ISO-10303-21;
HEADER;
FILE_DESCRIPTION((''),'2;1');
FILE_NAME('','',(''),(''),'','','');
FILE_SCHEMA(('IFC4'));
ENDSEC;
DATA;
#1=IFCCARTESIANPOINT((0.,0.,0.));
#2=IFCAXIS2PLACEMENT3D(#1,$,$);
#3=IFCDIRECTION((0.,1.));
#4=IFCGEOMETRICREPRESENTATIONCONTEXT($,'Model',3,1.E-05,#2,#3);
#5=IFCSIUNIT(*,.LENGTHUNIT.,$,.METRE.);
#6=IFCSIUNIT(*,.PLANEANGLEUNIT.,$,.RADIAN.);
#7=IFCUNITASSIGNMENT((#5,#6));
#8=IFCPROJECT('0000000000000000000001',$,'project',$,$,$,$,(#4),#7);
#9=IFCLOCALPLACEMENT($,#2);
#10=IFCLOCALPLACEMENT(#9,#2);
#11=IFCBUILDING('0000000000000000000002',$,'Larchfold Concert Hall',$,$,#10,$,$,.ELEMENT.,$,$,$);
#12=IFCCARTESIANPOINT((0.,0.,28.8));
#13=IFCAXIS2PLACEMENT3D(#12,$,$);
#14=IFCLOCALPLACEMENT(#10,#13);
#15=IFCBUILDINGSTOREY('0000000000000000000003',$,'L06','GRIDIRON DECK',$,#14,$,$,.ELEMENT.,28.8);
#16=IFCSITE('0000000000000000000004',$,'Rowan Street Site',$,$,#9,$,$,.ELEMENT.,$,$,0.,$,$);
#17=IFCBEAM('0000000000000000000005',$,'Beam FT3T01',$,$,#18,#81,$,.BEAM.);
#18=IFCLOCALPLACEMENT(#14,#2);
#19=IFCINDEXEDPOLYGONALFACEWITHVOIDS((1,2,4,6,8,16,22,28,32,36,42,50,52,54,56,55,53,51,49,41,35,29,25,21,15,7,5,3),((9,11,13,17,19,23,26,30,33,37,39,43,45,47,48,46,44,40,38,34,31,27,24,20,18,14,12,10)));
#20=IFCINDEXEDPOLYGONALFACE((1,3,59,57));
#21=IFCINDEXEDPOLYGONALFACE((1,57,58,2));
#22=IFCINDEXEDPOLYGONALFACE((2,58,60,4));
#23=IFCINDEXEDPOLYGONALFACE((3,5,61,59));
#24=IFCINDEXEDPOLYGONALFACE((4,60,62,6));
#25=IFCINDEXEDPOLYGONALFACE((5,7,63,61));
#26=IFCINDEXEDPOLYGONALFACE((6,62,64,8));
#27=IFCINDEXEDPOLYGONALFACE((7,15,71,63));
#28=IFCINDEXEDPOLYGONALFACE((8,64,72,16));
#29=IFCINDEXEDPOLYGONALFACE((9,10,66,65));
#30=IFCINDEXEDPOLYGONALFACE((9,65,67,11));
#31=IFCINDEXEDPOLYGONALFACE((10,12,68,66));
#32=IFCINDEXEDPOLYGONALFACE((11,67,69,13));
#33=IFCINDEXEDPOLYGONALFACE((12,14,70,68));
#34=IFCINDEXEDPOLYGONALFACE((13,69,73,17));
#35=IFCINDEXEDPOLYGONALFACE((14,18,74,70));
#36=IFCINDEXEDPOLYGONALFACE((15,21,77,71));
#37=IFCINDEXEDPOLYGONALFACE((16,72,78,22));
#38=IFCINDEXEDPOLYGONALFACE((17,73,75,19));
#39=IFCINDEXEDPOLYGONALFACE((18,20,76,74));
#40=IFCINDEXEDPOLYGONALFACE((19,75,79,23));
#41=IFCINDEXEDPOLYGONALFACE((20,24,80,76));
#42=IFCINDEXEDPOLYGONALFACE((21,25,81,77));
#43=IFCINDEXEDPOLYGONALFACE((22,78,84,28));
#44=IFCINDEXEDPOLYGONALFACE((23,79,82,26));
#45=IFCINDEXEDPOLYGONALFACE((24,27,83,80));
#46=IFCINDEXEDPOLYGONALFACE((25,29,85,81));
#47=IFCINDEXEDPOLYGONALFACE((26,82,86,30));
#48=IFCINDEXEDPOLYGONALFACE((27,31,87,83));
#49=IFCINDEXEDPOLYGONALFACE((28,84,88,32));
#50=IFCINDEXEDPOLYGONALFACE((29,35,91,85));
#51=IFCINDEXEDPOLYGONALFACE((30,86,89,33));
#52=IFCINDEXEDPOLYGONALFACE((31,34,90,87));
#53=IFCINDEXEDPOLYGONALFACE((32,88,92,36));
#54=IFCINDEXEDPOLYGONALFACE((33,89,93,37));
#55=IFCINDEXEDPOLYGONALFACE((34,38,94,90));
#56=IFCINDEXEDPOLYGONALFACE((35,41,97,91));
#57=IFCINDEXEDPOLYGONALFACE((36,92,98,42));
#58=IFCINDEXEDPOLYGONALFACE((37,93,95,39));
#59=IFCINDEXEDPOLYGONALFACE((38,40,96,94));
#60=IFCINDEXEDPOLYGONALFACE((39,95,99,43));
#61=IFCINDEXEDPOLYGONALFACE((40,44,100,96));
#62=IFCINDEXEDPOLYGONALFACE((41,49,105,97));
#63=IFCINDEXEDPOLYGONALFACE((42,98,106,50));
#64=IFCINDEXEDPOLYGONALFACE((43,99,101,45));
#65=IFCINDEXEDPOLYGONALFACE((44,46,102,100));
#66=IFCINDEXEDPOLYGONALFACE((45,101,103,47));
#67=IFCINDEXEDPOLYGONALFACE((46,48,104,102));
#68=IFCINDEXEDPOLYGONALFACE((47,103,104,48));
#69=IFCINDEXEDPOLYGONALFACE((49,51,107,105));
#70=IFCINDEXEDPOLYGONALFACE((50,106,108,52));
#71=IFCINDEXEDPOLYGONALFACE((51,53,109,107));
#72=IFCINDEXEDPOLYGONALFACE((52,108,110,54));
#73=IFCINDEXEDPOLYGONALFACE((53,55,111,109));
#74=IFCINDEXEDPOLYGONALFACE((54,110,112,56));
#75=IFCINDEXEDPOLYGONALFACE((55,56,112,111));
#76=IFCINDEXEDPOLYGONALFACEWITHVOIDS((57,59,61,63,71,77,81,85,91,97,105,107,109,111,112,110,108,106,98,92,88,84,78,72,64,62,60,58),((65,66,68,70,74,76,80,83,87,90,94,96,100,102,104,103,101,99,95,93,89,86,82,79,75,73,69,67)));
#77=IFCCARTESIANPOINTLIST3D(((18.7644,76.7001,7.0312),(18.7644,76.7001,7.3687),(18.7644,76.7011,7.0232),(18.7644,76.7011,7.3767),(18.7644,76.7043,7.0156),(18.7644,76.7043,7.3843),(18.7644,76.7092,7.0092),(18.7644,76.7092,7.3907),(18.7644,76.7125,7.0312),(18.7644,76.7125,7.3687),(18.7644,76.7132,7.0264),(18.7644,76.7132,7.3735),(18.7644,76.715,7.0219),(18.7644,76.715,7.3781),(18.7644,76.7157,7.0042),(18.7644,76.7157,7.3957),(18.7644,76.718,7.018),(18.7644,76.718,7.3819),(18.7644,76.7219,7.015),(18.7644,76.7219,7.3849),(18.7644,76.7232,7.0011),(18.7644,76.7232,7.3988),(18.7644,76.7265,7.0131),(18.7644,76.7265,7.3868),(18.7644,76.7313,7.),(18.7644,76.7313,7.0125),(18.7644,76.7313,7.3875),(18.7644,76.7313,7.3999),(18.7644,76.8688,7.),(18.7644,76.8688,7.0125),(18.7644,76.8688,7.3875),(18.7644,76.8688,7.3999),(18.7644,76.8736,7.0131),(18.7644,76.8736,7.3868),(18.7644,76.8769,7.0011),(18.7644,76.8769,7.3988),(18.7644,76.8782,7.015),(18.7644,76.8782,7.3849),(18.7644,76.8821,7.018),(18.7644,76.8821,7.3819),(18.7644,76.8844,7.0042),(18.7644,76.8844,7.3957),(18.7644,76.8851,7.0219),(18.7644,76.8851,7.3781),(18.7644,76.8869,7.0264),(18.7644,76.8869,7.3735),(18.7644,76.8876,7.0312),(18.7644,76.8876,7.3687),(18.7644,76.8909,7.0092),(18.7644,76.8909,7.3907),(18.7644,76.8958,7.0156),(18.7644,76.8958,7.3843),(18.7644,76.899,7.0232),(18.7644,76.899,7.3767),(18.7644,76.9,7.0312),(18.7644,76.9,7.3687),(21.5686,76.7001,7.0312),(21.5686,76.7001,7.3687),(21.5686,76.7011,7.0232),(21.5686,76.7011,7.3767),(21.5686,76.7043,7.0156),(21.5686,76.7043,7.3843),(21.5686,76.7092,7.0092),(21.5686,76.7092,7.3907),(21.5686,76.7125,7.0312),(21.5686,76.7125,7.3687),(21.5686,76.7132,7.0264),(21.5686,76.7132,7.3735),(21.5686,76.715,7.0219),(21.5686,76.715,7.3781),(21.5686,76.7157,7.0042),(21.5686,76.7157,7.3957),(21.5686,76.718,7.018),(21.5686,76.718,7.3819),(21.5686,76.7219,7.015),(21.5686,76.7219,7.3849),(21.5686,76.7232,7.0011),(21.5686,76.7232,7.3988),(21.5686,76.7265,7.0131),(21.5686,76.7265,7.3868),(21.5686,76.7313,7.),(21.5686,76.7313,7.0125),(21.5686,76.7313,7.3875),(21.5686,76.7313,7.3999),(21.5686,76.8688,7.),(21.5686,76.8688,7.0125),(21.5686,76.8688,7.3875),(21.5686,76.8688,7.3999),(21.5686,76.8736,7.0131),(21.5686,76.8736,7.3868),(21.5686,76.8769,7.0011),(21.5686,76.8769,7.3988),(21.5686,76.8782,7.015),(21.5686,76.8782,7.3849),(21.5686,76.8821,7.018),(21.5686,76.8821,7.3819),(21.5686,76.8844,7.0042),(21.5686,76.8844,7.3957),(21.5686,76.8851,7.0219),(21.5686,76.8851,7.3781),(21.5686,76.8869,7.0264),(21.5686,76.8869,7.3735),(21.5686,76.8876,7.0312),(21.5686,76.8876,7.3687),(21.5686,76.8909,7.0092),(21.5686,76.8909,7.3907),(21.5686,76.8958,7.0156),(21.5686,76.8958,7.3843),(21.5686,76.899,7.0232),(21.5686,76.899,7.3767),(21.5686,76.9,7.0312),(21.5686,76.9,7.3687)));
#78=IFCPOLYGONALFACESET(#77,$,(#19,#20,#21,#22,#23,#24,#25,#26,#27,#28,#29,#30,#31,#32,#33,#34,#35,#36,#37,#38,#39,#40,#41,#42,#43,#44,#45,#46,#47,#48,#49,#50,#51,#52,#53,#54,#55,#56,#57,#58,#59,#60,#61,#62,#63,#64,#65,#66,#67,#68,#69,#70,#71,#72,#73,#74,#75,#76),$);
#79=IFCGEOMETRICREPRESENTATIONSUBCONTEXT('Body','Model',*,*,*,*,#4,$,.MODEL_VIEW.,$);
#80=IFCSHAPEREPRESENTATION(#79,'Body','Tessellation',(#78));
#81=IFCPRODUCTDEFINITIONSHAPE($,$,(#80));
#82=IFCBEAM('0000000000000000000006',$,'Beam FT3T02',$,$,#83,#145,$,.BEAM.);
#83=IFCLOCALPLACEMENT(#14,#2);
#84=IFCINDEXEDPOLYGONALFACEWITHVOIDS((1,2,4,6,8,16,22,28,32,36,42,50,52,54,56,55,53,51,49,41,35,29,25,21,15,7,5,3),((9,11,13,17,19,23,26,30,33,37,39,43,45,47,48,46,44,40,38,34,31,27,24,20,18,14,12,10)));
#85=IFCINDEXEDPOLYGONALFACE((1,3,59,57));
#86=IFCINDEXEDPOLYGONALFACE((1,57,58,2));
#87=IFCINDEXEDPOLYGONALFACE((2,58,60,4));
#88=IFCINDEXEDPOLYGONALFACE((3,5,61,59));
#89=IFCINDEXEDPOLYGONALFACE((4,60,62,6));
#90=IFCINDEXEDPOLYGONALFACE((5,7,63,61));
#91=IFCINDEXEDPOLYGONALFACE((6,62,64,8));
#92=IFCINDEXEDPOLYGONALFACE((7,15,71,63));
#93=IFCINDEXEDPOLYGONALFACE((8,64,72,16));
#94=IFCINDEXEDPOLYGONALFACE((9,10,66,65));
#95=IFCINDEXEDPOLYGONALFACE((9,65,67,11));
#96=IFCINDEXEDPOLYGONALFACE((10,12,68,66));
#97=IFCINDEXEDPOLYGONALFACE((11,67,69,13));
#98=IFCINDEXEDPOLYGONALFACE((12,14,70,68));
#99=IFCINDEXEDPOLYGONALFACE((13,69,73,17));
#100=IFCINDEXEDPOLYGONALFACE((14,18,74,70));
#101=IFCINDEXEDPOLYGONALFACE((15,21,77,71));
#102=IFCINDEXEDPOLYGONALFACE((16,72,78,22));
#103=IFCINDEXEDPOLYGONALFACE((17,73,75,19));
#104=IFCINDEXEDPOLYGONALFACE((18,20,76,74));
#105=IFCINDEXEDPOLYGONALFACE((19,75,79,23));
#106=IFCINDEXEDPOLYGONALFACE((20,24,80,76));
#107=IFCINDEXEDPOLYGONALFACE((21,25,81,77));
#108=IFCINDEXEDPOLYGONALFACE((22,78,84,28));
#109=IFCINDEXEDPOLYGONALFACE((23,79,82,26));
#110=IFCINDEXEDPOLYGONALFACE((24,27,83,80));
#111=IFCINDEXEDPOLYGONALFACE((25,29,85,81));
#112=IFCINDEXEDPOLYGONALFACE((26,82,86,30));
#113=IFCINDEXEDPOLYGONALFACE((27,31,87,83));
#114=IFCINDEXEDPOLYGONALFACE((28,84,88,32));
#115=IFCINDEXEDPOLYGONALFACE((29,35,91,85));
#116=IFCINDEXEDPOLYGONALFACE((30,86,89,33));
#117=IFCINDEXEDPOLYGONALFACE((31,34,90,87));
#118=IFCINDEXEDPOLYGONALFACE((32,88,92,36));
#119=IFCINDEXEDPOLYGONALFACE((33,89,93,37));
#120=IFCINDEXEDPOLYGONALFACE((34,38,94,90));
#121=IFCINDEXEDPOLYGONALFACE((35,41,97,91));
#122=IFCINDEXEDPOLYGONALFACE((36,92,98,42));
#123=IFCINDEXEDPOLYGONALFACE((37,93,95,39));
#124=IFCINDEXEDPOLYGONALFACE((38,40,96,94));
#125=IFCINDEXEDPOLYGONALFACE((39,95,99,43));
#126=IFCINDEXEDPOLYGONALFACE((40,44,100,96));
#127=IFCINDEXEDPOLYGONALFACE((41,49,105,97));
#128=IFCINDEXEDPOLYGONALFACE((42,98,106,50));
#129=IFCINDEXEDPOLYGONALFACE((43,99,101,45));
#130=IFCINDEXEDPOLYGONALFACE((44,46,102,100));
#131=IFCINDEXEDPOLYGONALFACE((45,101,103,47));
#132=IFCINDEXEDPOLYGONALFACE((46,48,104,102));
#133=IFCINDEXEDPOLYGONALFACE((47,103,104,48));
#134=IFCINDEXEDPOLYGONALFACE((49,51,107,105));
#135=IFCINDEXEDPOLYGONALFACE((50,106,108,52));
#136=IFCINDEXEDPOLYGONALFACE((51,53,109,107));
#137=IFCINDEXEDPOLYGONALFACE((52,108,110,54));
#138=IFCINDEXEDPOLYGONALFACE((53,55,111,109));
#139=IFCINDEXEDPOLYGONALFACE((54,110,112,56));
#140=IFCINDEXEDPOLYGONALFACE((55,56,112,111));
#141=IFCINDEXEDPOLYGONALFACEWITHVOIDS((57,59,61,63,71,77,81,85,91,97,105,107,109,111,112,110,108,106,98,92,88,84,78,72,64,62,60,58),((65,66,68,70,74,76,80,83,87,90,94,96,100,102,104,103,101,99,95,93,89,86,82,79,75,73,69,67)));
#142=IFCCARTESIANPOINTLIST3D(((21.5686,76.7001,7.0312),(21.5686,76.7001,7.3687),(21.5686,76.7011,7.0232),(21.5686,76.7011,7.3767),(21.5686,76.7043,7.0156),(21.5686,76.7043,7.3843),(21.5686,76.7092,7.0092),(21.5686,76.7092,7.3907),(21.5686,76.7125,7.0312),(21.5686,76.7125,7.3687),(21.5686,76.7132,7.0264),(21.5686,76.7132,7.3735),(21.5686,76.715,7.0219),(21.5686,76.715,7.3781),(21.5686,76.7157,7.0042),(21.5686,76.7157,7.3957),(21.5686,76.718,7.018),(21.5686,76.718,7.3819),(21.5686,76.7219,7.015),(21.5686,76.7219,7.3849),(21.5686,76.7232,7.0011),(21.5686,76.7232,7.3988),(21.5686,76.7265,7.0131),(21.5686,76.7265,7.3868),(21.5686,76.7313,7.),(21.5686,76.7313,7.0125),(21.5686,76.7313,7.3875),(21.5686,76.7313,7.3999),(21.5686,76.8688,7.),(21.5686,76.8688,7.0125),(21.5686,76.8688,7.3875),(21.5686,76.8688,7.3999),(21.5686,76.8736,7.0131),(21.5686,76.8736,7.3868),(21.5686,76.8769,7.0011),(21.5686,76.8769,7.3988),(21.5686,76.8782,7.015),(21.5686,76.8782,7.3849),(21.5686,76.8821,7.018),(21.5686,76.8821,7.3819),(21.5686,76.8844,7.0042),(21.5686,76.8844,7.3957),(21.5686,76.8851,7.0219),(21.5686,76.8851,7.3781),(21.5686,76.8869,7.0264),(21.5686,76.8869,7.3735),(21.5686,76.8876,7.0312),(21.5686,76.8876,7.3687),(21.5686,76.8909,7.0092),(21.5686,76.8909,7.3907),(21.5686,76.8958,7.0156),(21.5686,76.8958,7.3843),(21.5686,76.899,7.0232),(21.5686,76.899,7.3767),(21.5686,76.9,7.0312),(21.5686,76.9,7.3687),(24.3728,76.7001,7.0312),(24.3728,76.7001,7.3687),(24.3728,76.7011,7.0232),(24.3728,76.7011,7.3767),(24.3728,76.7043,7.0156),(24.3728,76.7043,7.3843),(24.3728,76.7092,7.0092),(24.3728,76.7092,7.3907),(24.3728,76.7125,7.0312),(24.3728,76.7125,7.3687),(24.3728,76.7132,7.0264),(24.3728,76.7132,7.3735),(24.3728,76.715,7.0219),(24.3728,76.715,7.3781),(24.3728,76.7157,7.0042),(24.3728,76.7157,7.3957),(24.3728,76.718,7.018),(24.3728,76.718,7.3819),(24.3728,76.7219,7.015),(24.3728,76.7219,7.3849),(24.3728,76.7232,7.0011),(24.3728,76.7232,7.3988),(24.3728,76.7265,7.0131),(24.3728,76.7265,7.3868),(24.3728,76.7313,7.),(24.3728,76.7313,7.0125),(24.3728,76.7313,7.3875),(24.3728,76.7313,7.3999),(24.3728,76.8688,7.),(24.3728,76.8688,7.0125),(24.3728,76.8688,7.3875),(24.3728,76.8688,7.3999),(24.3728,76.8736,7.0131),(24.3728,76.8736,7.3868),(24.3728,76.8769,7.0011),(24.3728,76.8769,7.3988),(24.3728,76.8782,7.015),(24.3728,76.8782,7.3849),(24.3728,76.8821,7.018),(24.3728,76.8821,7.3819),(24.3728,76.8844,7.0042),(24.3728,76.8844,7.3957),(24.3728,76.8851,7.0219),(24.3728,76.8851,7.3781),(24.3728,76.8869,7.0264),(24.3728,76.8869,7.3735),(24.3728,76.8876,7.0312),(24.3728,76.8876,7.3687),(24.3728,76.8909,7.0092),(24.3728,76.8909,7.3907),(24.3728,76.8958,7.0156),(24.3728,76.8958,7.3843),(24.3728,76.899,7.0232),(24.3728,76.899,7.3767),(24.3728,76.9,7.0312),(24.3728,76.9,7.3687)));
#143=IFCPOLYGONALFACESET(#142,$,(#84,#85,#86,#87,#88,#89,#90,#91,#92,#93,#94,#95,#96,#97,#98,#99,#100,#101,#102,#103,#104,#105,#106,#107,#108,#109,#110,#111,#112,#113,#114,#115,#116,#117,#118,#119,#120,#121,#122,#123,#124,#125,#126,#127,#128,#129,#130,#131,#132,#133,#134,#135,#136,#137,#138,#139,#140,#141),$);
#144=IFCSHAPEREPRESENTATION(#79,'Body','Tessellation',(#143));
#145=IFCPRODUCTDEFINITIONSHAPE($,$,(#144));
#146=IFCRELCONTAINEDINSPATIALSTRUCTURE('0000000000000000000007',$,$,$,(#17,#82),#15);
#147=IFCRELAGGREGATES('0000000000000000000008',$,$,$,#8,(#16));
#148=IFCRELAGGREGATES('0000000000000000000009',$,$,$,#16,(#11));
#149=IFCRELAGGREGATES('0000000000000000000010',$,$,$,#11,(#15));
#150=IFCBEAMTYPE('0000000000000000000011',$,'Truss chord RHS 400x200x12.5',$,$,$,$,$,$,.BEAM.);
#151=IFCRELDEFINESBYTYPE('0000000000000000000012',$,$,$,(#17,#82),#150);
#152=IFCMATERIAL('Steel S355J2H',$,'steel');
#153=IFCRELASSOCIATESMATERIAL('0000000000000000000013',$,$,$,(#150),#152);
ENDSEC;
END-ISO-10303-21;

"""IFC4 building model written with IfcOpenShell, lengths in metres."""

from ifc_helpers import new_model, si_unit, direction, frame, origin, origin_2d, place, context, subcontext, project, spatial, hollow_rectangle, extrude, material, material_profile, profile_set, type_object, element, save


model = new_model("IFC4")

# Units and contexts
model_context = context("Model", 3, precision=1e-05, world=origin(), true_north=direction((0.0, 1.0)))
body_context = subcontext(model_context, "Body", "Model", "MODEL_VIEW")
ifc_project = project(units=[si_unit("LENGTHUNIT", "METRE"), si_unit("PLANEANGLEUNIT", "RADIAN")], contexts=[model_context])

# Site, building, storey
site_placement = place(None, origin())
site = spatial("IfcSite", under=ifc_project, at=site_placement, Name="Rowan Street Site", CompositionType="ELEMENT", RefElevation=0.0)
building_placement = place(site_placement, origin())
building = spatial("IfcBuilding", under=site, at=building_placement, Name="Larchfold Concert Hall", CompositionType="ELEMENT")
storey_placement = place(building_placement, frame((0.0, 0.0, 28.8)))
storey = spatial("IfcBuildingStorey", under=building, at=storey_placement, Name="L06", Description="GRIDIRON DECK", CompositionType="ELEMENT", Elevation=28.8)

# Beams
ifc_material_1 = material(Name="Steel S355J2H", Category="steel")
ifc_material_profile_1 = material_profile(ifc_material_1, hollow_rectangle(XDim=0.2, YDim=0.3999, WallThickness=0.0125, InnerFilletRadius=0.0188, OuterFilletRadius=0.0312, at=origin_2d()))
ifc_profile_set_1 = profile_set([ifc_material_profile_1], Name="Steel S355J2H")
beam_type_1 = type_object("IfcBeamType", Name="Truss chord RHS 400x200x12.5", PredefinedType="BEAM", material=ifc_profile_set_1)
for number, where, z_axis, x_axis, name in (
    (1, (18.7644, 76.8, 7.2), (1.0, 0.0, 0.0), (0.0, 1.0, 0.0), "Beam FT3T01"),
    (2, (21.5686, 76.8, 7.2), (1.0, 0.0, 0.0), (0.0, 1.0, 0.0), "Beam FT3T02"),
):
    element("IfcBeam", number, at=place(storey_placement, frame(where, z_axis=z_axis, x_axis=x_axis)), inside=storey, type_object=beam_type_1, Name=name, PredefinedType="BEAM", context=body_context, shape_type="SweptSolid", body=[
        extrude(hollow_rectangle(XDim=0.2, YDim=0.3999, WallThickness=0.0125, InnerFilletRadius=0.0188, OuterFilletRadius=0.0312, at=origin_2d()), origin(), (0.0, 0.0, 1.0), 2.8042),
    ])

save(model, "model.ifc")
